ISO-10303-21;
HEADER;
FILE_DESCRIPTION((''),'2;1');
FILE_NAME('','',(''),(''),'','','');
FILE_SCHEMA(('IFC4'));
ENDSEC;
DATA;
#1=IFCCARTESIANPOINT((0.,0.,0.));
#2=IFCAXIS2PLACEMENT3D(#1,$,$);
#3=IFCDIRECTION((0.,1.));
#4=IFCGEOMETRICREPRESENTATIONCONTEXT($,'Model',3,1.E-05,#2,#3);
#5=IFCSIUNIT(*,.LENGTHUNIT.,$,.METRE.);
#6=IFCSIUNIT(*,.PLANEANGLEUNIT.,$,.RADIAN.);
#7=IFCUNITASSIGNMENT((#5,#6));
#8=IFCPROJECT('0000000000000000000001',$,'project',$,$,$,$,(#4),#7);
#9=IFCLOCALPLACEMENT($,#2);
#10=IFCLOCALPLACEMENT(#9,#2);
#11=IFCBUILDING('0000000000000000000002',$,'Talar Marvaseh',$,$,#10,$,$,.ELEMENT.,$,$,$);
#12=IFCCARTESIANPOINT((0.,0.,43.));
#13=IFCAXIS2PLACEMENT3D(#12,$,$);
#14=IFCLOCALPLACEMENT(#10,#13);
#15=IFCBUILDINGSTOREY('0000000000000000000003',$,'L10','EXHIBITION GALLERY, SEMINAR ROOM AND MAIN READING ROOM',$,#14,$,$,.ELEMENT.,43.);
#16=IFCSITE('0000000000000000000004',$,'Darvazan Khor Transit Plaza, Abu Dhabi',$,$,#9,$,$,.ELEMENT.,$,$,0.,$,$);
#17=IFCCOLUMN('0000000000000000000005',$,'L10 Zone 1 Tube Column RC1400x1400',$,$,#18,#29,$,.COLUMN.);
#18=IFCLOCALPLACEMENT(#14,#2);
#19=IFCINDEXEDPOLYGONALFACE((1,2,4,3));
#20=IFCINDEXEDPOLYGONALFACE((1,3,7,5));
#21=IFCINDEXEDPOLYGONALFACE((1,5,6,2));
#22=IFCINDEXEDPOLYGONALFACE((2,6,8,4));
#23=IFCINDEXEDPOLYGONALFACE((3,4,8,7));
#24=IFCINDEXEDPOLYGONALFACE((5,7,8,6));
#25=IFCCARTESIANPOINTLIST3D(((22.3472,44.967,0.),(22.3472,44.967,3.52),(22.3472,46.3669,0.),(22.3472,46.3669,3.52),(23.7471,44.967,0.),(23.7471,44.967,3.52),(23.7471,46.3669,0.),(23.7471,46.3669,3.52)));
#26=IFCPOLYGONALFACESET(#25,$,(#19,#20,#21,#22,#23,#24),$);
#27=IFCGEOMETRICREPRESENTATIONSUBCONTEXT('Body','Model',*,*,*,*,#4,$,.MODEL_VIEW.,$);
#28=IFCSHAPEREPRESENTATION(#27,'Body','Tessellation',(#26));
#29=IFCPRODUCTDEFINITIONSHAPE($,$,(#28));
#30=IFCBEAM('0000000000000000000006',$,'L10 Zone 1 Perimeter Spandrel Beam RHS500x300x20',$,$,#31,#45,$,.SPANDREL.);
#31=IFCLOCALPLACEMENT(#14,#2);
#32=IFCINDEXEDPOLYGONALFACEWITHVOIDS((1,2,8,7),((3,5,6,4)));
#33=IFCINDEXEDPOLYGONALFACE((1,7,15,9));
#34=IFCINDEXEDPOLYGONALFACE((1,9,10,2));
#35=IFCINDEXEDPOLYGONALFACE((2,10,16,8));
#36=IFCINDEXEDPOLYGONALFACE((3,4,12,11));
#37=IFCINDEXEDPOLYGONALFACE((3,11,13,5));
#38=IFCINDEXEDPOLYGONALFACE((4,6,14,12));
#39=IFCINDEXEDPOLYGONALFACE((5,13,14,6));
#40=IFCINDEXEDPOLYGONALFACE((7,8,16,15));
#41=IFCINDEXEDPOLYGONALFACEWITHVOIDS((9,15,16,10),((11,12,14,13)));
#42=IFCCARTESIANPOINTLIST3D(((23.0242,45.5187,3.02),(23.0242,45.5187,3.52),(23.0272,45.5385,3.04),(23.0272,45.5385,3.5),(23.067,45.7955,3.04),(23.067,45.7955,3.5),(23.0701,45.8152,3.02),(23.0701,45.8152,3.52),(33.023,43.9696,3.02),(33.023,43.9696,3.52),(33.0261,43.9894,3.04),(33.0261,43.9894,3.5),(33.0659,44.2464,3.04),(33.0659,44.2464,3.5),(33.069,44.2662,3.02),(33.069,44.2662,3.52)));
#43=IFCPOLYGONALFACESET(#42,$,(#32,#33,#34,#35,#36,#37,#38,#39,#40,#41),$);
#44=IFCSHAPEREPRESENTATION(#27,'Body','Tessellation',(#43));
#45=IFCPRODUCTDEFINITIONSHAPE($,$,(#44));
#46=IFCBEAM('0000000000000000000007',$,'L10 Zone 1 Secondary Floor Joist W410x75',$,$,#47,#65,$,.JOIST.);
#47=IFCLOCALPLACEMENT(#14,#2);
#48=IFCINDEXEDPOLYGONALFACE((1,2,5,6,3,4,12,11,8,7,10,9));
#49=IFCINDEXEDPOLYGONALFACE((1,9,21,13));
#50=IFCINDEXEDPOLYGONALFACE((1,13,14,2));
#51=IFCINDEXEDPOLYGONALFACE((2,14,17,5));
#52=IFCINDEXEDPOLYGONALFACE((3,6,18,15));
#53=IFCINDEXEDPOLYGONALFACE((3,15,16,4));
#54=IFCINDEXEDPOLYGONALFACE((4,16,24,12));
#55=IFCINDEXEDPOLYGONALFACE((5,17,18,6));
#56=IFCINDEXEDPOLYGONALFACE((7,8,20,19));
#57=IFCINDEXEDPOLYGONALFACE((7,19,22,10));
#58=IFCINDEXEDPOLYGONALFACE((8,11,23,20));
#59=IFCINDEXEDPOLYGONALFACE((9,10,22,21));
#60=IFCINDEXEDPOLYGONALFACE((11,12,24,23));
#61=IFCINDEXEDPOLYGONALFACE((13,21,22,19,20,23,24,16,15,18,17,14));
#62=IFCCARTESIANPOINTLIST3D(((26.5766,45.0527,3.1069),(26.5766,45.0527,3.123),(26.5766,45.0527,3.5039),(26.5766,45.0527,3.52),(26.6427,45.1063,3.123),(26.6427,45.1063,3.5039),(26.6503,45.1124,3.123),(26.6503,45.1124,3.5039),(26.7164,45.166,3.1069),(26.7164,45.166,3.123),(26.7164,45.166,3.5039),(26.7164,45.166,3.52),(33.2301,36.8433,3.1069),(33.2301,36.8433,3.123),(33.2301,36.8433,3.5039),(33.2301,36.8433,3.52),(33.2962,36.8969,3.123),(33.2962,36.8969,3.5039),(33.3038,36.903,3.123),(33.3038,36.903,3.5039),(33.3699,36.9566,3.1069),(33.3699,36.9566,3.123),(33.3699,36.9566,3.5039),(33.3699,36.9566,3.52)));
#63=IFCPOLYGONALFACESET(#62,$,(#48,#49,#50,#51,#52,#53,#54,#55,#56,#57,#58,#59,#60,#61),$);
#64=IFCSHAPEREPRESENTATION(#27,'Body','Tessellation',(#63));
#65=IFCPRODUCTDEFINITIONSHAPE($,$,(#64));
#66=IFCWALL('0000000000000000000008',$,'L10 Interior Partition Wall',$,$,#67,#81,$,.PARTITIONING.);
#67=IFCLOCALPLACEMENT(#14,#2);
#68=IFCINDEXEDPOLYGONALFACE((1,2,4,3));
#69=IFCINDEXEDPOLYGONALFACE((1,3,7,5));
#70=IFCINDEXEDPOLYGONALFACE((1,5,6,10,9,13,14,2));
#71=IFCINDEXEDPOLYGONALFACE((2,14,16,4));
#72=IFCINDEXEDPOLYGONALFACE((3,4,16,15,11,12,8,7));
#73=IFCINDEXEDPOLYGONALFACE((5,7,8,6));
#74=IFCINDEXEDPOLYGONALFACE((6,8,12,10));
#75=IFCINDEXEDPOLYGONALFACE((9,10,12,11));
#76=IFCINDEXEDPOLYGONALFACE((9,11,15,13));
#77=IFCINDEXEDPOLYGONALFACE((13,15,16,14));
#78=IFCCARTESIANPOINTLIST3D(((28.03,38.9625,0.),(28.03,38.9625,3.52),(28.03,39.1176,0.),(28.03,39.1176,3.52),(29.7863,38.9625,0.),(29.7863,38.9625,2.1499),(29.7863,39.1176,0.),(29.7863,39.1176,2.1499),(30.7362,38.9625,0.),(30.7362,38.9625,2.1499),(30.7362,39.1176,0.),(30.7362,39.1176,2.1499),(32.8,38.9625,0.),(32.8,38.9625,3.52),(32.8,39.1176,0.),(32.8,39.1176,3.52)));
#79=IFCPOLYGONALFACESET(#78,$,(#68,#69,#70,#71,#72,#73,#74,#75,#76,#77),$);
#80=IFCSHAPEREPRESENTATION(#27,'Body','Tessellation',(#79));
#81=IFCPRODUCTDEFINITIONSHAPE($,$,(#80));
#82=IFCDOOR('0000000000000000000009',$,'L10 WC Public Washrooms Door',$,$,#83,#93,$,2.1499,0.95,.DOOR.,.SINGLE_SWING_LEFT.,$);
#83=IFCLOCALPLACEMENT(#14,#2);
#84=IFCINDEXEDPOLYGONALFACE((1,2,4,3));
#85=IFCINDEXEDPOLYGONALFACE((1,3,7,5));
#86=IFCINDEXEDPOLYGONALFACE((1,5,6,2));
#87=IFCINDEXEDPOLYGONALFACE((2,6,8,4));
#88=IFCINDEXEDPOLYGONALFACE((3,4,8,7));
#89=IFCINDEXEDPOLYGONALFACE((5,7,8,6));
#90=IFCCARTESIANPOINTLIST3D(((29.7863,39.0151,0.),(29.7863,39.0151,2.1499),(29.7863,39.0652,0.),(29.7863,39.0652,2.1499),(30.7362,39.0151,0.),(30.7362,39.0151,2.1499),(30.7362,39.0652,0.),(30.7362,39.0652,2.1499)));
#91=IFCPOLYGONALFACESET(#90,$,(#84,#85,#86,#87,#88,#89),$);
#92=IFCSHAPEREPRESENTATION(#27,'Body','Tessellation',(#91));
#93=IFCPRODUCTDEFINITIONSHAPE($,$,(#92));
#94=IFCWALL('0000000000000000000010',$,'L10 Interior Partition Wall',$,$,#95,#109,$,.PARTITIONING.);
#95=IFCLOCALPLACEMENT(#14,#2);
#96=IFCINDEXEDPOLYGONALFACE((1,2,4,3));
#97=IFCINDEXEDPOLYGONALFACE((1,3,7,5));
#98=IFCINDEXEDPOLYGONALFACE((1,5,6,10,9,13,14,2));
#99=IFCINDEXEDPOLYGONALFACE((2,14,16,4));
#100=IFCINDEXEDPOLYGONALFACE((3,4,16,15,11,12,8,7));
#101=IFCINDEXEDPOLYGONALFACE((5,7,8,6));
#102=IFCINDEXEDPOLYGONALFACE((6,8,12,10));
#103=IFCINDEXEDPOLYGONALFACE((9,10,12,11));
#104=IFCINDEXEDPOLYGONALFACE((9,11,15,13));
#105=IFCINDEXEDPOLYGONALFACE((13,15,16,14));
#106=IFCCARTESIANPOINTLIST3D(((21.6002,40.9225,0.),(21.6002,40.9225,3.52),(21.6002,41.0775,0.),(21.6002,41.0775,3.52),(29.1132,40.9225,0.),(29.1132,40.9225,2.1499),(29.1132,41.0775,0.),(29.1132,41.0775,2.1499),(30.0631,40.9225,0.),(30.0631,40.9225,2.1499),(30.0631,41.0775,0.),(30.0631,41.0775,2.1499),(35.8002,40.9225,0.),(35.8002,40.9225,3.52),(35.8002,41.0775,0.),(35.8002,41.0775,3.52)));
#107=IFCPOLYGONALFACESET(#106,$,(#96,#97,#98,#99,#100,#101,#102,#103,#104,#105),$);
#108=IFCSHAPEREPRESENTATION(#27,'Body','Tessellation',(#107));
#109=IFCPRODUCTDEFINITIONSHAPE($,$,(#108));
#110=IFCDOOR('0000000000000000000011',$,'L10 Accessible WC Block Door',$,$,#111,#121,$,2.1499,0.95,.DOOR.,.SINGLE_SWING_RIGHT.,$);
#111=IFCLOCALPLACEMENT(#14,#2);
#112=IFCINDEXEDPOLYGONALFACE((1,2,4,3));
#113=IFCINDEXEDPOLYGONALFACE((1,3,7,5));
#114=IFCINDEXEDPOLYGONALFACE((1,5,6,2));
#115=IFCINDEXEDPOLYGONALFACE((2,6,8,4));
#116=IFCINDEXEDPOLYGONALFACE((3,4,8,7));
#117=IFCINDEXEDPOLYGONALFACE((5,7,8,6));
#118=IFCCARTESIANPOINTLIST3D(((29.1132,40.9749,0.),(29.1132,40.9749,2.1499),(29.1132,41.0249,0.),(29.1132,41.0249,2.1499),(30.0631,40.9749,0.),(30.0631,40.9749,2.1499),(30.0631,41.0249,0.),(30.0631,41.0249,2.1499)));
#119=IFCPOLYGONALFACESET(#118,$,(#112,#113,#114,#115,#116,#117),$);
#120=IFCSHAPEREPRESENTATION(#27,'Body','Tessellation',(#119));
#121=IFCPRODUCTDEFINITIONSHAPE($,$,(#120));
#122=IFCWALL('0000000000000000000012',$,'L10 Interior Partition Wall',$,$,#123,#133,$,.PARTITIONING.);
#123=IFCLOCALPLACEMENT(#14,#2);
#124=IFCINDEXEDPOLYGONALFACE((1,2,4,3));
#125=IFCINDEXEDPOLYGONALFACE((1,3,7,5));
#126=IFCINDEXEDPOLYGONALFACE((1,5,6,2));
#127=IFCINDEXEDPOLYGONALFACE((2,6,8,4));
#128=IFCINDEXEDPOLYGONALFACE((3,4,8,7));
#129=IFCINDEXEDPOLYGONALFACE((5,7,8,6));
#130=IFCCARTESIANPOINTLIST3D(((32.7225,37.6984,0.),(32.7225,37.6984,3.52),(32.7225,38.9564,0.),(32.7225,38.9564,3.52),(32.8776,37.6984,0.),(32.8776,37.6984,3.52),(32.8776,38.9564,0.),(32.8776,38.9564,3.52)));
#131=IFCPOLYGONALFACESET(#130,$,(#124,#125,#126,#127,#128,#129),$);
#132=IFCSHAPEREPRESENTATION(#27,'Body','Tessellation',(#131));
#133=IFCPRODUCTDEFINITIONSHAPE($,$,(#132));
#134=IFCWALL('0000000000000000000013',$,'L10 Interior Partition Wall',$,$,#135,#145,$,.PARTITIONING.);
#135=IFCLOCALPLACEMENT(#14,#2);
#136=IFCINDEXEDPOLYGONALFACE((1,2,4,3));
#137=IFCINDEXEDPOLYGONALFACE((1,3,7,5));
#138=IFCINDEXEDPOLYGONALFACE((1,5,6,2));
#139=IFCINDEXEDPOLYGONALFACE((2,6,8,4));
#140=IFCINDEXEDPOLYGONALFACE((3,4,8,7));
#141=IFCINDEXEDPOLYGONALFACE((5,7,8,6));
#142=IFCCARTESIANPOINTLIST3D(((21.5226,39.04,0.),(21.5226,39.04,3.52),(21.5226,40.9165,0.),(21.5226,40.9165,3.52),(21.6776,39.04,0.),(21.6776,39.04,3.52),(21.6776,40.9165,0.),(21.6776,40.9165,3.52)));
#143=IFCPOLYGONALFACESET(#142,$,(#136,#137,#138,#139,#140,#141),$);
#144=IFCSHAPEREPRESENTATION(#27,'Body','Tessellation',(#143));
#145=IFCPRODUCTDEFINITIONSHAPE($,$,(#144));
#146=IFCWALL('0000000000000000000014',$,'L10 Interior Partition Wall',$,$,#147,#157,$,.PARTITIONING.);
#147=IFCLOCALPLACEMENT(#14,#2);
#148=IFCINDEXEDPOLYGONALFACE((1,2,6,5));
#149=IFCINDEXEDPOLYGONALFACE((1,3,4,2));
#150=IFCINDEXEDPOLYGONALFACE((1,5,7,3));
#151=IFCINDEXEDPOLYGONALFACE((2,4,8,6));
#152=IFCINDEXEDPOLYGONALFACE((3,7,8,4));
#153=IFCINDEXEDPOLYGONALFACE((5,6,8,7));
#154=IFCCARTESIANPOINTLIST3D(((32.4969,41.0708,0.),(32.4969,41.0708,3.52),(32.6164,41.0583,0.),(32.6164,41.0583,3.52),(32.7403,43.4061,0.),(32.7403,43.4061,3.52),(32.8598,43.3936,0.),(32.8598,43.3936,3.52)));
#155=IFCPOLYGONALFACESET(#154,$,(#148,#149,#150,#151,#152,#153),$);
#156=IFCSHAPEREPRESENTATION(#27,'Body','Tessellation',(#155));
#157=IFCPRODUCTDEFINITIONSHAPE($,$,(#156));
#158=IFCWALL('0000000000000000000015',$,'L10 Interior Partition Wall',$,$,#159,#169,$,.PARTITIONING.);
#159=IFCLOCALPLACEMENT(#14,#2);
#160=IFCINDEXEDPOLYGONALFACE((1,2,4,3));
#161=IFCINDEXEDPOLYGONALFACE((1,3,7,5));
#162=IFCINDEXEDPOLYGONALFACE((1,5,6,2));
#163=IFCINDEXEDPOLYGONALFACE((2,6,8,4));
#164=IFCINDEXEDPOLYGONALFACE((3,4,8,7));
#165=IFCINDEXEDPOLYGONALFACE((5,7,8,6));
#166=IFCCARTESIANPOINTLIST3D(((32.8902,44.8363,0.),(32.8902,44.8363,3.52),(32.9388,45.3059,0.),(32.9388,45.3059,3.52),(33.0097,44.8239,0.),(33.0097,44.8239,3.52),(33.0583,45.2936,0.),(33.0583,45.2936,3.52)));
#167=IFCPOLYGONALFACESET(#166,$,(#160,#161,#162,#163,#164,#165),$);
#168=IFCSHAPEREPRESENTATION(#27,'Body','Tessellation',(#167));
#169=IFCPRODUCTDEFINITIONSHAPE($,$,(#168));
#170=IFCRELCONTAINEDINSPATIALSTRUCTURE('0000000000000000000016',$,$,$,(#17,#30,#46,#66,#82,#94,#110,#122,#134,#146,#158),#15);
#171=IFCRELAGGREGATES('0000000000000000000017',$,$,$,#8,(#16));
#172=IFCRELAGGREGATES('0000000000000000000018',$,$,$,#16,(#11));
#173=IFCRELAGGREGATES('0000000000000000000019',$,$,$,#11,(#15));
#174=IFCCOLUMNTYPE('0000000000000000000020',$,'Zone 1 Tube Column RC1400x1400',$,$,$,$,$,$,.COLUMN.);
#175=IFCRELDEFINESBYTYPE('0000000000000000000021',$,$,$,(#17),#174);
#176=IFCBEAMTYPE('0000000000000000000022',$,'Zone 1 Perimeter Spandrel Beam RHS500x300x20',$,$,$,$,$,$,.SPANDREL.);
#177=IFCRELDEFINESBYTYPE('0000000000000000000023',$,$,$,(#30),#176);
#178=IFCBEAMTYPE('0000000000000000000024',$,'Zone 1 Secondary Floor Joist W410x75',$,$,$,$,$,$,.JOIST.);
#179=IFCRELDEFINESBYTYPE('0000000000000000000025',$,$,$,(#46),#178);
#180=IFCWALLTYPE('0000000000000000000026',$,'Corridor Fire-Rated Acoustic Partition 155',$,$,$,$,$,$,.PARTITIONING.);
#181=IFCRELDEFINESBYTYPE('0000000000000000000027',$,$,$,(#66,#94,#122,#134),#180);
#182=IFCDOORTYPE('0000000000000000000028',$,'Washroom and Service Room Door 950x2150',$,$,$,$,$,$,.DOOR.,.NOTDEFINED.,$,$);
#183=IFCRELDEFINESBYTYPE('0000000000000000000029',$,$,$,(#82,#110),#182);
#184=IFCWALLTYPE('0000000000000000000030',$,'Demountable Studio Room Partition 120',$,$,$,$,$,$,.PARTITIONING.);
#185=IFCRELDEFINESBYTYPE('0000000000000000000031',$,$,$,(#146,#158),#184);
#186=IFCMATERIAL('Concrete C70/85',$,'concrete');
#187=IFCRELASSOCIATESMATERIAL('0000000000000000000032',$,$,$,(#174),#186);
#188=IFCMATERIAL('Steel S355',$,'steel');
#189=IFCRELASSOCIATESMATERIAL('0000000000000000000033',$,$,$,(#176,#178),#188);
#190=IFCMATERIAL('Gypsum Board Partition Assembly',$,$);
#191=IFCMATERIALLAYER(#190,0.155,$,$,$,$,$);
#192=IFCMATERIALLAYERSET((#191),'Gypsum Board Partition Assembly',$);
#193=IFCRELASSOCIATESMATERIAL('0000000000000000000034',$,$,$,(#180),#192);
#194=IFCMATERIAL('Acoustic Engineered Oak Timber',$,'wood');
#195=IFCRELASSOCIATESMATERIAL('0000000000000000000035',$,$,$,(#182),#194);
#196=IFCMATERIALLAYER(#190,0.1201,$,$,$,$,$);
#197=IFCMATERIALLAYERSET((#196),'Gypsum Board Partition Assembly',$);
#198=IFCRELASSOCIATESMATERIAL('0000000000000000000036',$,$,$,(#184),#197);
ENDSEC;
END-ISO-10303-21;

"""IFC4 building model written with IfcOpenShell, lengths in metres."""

from ifc_helpers import new_model, si_unit, direction, frame, frame_2d, origin, origin_2d, place, context, subcontext, project, spatial, rectangle, hollow_rectangle, i_section, extrude, source, transform, mapped, material, layer, layer_set, material_profile, profile_set, type_object, type_shapes, element, fill, save


model = new_model("IFC4")

# Units and contexts
model_context = context("Model", 3, precision=1e-05, world=origin(), true_north=direction((0.0, 1.0)))
body_context = subcontext(model_context, "Body", "Model", "MODEL_VIEW")
ifc_project = project(units=[si_unit("LENGTHUNIT", "METRE"), si_unit("PLANEANGLEUNIT", "RADIAN")], contexts=[model_context])

# Site, building, storey
site_placement = place(None, origin())
site = spatial("IfcSite", under=ifc_project, at=site_placement, Name="Darvazan Khor Transit Plaza, Abu Dhabi", CompositionType="ELEMENT", RefElevation=0.0)
building_placement = place(site_placement, origin())
building = spatial("IfcBuilding", under=site, at=building_placement, Name="Talar Marvaseh", CompositionType="ELEMENT")
storey_placement = place(building_placement, frame((0.0, 0.0, 43.0)))
storey = spatial("IfcBuildingStorey", under=building, at=storey_placement, Name="L10", Description="EXHIBITION GALLERY, SEMINAR ROOM AND MAIN READING ROOM", CompositionType="ELEMENT", Elevation=43.0)

# Column
ifc_material_1 = material(Name="Concrete C70/85", Category="concrete")
ifc_material_profile_1 = material_profile(ifc_material_1, rectangle(XDim=1.3999, YDim=1.3999, at=origin_2d()), Name="RC1400x1400")
ifc_profile_set_1 = profile_set([ifc_material_profile_1], Name="Concrete C70/85")
column_type = type_object("IfcColumnType", Name="Zone 1 Tube Column RC1400x1400", PredefinedType="COLUMN", material=ifc_profile_set_1)
column_placement = place(storey_placement, frame((23.0471, 45.667, 0.0), z_axis=(0.0, 0.0, 1.0), x_axis=(1.0, 0.0, 0.0)))
element("IfcColumn", 1, at=column_placement, inside=storey, type_object=column_type, Name="L10 Zone 1 Tube Column RC1400x1400", PredefinedType="COLUMN", context=body_context, shape_type="SweptSolid", body=[
    extrude(rectangle(XDim=1.3999, YDim=1.3999, at=origin_2d()), origin(), (0.0, 0.0, 1.0), 3.52),
])

# Beams
ifc_material_2 = material(Name="Steel S355", Category="steel")
ifc_material_profile_2 = material_profile(ifc_material_2, hollow_rectangle(XDim=0.3, YDim=0.5, WallThickness=0.02, at=origin_2d()), Name="RHS500x300x20")
ifc_profile_set_2 = profile_set([ifc_material_profile_2], Name="Steel S355")
beam_type_1 = type_object("IfcBeamType", Name="Zone 1 Perimeter Spandrel Beam RHS500x300x20", PredefinedType="SPANDREL", material=ifc_profile_set_2)
beam_1_placement = place(storey_placement, frame((23.0471, 45.667, 3.27), z_axis=(0.988211, -0.1531, 0.0), x_axis=(0.1531, 0.988211, 0.0)))
element("IfcBeam", 2, at=beam_1_placement, inside=storey, type_object=beam_type_1, Name="L10 Zone 1 Perimeter Spandrel Beam RHS500x300x20", PredefinedType="SPANDREL", context=body_context, shape_type="SweptSolid", body=[
    extrude(hollow_rectangle(XDim=0.3, YDim=0.5, WallThickness=0.02, at=origin_2d()), origin(), (0.0, 0.0, 1.0), 10.1182),
])
ifc_material_profile_3 = material_profile(ifc_material_2, i_section(OverallWidth=0.1799, OverallDepth=0.4131, WebThickness=0.0098, FlangeThickness=0.0161, at=origin_2d()), Name="W410x75")
ifc_profile_set_3 = profile_set([ifc_material_profile_3], Name="Steel S355")
beam_type_2 = type_object("IfcBeamType", Name="Zone 1 Secondary Floor Joist W410x75", PredefinedType="JOIST", material=ifc_profile_set_3)
beam_2_placement = place(storey_placement, frame((26.6465, 45.1094, 3.3135), z_axis=(0.629644, -0.776884, 0.0), x_axis=(0.776884, 0.629644, 0.0)))
element("IfcBeam", 3, at=beam_2_placement, inside=storey, type_object=beam_type_2, Name="L10 Zone 1 Secondary Floor Joist W410x75", PredefinedType="JOIST", context=body_context, shape_type="SweptSolid", body=[
    extrude(i_section(OverallWidth=0.1799, OverallDepth=0.4131, WebThickness=0.0098, FlangeThickness=0.0161, at=origin_2d()), origin(), (0.0, 0.0, 1.0), 10.5671),
])

# Walls, openings, doors
ifc_material_3 = material(Name="Gypsum Board Partition Assembly")
ifc_layer_1 = layer(ifc_material_3, 0.155)
ifc_layer_set_1 = layer_set([ifc_layer_1], Name="Gypsum Board Partition Assembly")
wall_type_1 = type_object("IfcWallType", Name="Corridor Fire-Rated Acoustic Partition 155", PredefinedType="PARTITIONING", material=ifc_layer_set_1)
wall_1_placement = place(storey_placement, frame((32.8, 39.04, 0.0), z_axis=(0.0, 0.0, 1.0), x_axis=(-1.0, 0.0, 0.0)))
wall_1 = element("IfcWall", 4, at=wall_1_placement, inside=storey, type_object=wall_type_1, Name="L10 Interior Partition Wall", PredefinedType="PARTITIONING", context=body_context, shape_type="SweptSolid", body=[
    extrude(rectangle(XDim=4.77, YDim=0.155, at=frame_2d((2.385, 0.0))), origin(), (0.0, 0.0, 1.0), 3.52),
])
opening_1_placement = place(wall_1_placement, frame((2.0637, 0.0, 0.0)))
opening_1 = element("IfcOpeningElement", 5, at=opening_1_placement, cuts=wall_1, PredefinedType="OPENING", context=body_context, shape_type="SweptSolid", body=[
    extrude(rectangle(XDim=0.95, YDim=2.1499, at=frame_2d((0.4751, 1.075))), frame((0.0, 0.0874, 0.0), z_axis=(0.0, -1.0, 0.0), x_axis=(1.0, 0.0, 0.0)), (0.0, 0.0, 1.0), 0.175),
])
ifc_material_4 = material(Name="Acoustic Engineered Oak Timber", Category="wood")
door_type_1 = type_object("IfcDoorType", Name="Washroom and Service Room Door 950x2150", OperationType="NOTDEFINED", PredefinedType="DOOR", material=ifc_material_4)
shared_shape_1 = source(origin(), body_context, "Body", "SweptSolid", [
    extrude(rectangle(XDim=0.95, YDim=2.1499, at=frame_2d((0.4751, 1.075))), frame((0.0, 0.0249, 0.0), z_axis=(0.0, -1.0, 0.0), x_axis=(1.0, 0.0, 0.0)), (0.0, 0.0, 1.0), 0.05),
])
type_shapes(door_type_1, [shared_shape_1])
door_1_placement = place(opening_1_placement, origin())
door_1 = element("IfcDoor", 6, at=door_1_placement, inside=storey, type_object=door_type_1, Name="L10 WC Public Washrooms Door", OperationType="SINGLE_SWING_LEFT", OverallHeight=2.1499, OverallWidth=0.95, PredefinedType="DOOR", context=body_context, shape_type="MappedRepresentation", body=[
    mapped(shared_shape_1, transform((0.0, 0.0, 0.0), x_axis=(1.0, 0.0, 0.0), y_axis=(0.0, 1.0, 0.0), z_axis=(0.0, 0.0, 1.0), scale=1.0)),
])
fill(opening_1, door_1)
wall_2_placement = place(storey_placement, frame((21.6001, 41.0, 0.0), z_axis=(0.0, 0.0, 1.0), x_axis=(1.0, 0.0, 0.0)))
wall_2 = element("IfcWall", 7, at=wall_2_placement, inside=storey, type_object=wall_type_1, Name="L10 Interior Partition Wall", PredefinedType="PARTITIONING", context=body_context, shape_type="SweptSolid", body=[
    extrude(rectangle(XDim=14.2, YDim=0.155, at=frame_2d((7.1001, 0.0))), origin(), (0.0, 0.0, 1.0), 3.52),
])
opening_2_placement = place(wall_2_placement, frame((7.5129, 0.0, 0.0)))
opening_2 = element("IfcOpeningElement", 8, at=opening_2_placement, cuts=wall_2, PredefinedType="OPENING", context=body_context, shape_type="SweptSolid", body=[
    extrude(rectangle(XDim=0.95, YDim=2.1499, at=frame_2d((0.4751, 1.075))), frame((0.0, 0.0874, 0.0), z_axis=(0.0, -1.0, 0.0), x_axis=(1.0, 0.0, 0.0)), (0.0, 0.0, 1.0), 0.175),
])
door_2_placement = place(opening_2_placement, origin())
door_2 = element("IfcDoor", 9, at=door_2_placement, inside=storey, type_object=door_type_1, Name="L10 Accessible WC Block Door", OperationType="SINGLE_SWING_RIGHT", OverallHeight=2.1499, OverallWidth=0.95, PredefinedType="DOOR", context=body_context, shape_type="MappedRepresentation", body=[
    mapped(shared_shape_1, transform((0.0, 0.0, 0.0), x_axis=(1.0, 0.0, 0.0), y_axis=(0.0, 1.0, 0.0), z_axis=(0.0, 0.0, 1.0), scale=1.0)),
])
fill(opening_2, door_2)

# Walls
wall_3_placement = place(storey_placement, frame((32.8, 37.6985, 0.0), z_axis=(0.0, 0.0, 1.0), x_axis=(0.0, 1.0, 0.0)))
element("IfcWall", 10, at=wall_3_placement, inside=storey, type_object=wall_type_1, Name="L10 Interior Partition Wall", PredefinedType="PARTITIONING", context=body_context, shape_type="SweptSolid", body=[
    extrude(rectangle(XDim=1.2581, YDim=0.155, at=frame_2d((0.6289, 0.0))), origin(), (0.0, 0.0, 1.0), 3.52),
])
wall_4_placement = place(storey_placement, frame((21.6001, 39.04, 0.0), z_axis=(0.0, 0.0, 1.0), x_axis=(0.0, 1.0, 0.0)))
element("IfcWall", 11, at=wall_4_placement, inside=storey, type_object=wall_type_1, Name="L10 Interior Partition Wall", PredefinedType="PARTITIONING", context=body_context, shape_type="SweptSolid", body=[
    extrude(rectangle(XDim=1.8765, YDim=0.155, at=frame_2d((0.9382, 0.0))), origin(), (0.0, 0.0, 1.0), 3.52),
])
ifc_layer_2 = layer(ifc_material_3, 0.1201)
ifc_layer_set_2 = layer_set([ifc_layer_2], Name="Gypsum Board Partition Assembly")
wall_type_2 = type_object("IfcWallType", Name="Demountable Studio Room Partition 120", PredefinedType="PARTITIONING", material=ifc_layer_set_2)
wall_5_placement = place(storey_placement, frame((32.5566, 41.0647, 0.0), z_axis=(0.0, 0.0, 1.0), x_axis=(0.103673, 0.994611, 0.0)))
element("IfcWall", 12, at=wall_5_placement, inside=storey, type_object=wall_type_2, Name="L10 Interior Partition Wall", PredefinedType="PARTITIONING", context=body_context, shape_type="SweptSolid", body=[
    extrude(rectangle(XDim=2.3479, YDim=0.1201, at=frame_2d((1.1738, 0.0))), origin(), (0.0, 0.0, 1.0), 3.52),
])
wall_6_placement = place(storey_placement, frame((32.95, 44.8301, 0.0), z_axis=(0.0, 0.0, 1.0), x_axis=(0.102882, 0.994694, 0.0)))
element("IfcWall", 13, at=wall_6_placement, inside=storey, type_object=wall_type_2, Name="L10 Interior Partition Wall", PredefinedType="PARTITIONING", context=body_context, shape_type="SweptSolid", body=[
    extrude(rectangle(XDim=0.4722, YDim=0.1201, at=frame_2d((0.2361, 0.0))), origin(), (0.0, 0.0, 1.0), 3.52),
])

save(model, "model.ifc")
